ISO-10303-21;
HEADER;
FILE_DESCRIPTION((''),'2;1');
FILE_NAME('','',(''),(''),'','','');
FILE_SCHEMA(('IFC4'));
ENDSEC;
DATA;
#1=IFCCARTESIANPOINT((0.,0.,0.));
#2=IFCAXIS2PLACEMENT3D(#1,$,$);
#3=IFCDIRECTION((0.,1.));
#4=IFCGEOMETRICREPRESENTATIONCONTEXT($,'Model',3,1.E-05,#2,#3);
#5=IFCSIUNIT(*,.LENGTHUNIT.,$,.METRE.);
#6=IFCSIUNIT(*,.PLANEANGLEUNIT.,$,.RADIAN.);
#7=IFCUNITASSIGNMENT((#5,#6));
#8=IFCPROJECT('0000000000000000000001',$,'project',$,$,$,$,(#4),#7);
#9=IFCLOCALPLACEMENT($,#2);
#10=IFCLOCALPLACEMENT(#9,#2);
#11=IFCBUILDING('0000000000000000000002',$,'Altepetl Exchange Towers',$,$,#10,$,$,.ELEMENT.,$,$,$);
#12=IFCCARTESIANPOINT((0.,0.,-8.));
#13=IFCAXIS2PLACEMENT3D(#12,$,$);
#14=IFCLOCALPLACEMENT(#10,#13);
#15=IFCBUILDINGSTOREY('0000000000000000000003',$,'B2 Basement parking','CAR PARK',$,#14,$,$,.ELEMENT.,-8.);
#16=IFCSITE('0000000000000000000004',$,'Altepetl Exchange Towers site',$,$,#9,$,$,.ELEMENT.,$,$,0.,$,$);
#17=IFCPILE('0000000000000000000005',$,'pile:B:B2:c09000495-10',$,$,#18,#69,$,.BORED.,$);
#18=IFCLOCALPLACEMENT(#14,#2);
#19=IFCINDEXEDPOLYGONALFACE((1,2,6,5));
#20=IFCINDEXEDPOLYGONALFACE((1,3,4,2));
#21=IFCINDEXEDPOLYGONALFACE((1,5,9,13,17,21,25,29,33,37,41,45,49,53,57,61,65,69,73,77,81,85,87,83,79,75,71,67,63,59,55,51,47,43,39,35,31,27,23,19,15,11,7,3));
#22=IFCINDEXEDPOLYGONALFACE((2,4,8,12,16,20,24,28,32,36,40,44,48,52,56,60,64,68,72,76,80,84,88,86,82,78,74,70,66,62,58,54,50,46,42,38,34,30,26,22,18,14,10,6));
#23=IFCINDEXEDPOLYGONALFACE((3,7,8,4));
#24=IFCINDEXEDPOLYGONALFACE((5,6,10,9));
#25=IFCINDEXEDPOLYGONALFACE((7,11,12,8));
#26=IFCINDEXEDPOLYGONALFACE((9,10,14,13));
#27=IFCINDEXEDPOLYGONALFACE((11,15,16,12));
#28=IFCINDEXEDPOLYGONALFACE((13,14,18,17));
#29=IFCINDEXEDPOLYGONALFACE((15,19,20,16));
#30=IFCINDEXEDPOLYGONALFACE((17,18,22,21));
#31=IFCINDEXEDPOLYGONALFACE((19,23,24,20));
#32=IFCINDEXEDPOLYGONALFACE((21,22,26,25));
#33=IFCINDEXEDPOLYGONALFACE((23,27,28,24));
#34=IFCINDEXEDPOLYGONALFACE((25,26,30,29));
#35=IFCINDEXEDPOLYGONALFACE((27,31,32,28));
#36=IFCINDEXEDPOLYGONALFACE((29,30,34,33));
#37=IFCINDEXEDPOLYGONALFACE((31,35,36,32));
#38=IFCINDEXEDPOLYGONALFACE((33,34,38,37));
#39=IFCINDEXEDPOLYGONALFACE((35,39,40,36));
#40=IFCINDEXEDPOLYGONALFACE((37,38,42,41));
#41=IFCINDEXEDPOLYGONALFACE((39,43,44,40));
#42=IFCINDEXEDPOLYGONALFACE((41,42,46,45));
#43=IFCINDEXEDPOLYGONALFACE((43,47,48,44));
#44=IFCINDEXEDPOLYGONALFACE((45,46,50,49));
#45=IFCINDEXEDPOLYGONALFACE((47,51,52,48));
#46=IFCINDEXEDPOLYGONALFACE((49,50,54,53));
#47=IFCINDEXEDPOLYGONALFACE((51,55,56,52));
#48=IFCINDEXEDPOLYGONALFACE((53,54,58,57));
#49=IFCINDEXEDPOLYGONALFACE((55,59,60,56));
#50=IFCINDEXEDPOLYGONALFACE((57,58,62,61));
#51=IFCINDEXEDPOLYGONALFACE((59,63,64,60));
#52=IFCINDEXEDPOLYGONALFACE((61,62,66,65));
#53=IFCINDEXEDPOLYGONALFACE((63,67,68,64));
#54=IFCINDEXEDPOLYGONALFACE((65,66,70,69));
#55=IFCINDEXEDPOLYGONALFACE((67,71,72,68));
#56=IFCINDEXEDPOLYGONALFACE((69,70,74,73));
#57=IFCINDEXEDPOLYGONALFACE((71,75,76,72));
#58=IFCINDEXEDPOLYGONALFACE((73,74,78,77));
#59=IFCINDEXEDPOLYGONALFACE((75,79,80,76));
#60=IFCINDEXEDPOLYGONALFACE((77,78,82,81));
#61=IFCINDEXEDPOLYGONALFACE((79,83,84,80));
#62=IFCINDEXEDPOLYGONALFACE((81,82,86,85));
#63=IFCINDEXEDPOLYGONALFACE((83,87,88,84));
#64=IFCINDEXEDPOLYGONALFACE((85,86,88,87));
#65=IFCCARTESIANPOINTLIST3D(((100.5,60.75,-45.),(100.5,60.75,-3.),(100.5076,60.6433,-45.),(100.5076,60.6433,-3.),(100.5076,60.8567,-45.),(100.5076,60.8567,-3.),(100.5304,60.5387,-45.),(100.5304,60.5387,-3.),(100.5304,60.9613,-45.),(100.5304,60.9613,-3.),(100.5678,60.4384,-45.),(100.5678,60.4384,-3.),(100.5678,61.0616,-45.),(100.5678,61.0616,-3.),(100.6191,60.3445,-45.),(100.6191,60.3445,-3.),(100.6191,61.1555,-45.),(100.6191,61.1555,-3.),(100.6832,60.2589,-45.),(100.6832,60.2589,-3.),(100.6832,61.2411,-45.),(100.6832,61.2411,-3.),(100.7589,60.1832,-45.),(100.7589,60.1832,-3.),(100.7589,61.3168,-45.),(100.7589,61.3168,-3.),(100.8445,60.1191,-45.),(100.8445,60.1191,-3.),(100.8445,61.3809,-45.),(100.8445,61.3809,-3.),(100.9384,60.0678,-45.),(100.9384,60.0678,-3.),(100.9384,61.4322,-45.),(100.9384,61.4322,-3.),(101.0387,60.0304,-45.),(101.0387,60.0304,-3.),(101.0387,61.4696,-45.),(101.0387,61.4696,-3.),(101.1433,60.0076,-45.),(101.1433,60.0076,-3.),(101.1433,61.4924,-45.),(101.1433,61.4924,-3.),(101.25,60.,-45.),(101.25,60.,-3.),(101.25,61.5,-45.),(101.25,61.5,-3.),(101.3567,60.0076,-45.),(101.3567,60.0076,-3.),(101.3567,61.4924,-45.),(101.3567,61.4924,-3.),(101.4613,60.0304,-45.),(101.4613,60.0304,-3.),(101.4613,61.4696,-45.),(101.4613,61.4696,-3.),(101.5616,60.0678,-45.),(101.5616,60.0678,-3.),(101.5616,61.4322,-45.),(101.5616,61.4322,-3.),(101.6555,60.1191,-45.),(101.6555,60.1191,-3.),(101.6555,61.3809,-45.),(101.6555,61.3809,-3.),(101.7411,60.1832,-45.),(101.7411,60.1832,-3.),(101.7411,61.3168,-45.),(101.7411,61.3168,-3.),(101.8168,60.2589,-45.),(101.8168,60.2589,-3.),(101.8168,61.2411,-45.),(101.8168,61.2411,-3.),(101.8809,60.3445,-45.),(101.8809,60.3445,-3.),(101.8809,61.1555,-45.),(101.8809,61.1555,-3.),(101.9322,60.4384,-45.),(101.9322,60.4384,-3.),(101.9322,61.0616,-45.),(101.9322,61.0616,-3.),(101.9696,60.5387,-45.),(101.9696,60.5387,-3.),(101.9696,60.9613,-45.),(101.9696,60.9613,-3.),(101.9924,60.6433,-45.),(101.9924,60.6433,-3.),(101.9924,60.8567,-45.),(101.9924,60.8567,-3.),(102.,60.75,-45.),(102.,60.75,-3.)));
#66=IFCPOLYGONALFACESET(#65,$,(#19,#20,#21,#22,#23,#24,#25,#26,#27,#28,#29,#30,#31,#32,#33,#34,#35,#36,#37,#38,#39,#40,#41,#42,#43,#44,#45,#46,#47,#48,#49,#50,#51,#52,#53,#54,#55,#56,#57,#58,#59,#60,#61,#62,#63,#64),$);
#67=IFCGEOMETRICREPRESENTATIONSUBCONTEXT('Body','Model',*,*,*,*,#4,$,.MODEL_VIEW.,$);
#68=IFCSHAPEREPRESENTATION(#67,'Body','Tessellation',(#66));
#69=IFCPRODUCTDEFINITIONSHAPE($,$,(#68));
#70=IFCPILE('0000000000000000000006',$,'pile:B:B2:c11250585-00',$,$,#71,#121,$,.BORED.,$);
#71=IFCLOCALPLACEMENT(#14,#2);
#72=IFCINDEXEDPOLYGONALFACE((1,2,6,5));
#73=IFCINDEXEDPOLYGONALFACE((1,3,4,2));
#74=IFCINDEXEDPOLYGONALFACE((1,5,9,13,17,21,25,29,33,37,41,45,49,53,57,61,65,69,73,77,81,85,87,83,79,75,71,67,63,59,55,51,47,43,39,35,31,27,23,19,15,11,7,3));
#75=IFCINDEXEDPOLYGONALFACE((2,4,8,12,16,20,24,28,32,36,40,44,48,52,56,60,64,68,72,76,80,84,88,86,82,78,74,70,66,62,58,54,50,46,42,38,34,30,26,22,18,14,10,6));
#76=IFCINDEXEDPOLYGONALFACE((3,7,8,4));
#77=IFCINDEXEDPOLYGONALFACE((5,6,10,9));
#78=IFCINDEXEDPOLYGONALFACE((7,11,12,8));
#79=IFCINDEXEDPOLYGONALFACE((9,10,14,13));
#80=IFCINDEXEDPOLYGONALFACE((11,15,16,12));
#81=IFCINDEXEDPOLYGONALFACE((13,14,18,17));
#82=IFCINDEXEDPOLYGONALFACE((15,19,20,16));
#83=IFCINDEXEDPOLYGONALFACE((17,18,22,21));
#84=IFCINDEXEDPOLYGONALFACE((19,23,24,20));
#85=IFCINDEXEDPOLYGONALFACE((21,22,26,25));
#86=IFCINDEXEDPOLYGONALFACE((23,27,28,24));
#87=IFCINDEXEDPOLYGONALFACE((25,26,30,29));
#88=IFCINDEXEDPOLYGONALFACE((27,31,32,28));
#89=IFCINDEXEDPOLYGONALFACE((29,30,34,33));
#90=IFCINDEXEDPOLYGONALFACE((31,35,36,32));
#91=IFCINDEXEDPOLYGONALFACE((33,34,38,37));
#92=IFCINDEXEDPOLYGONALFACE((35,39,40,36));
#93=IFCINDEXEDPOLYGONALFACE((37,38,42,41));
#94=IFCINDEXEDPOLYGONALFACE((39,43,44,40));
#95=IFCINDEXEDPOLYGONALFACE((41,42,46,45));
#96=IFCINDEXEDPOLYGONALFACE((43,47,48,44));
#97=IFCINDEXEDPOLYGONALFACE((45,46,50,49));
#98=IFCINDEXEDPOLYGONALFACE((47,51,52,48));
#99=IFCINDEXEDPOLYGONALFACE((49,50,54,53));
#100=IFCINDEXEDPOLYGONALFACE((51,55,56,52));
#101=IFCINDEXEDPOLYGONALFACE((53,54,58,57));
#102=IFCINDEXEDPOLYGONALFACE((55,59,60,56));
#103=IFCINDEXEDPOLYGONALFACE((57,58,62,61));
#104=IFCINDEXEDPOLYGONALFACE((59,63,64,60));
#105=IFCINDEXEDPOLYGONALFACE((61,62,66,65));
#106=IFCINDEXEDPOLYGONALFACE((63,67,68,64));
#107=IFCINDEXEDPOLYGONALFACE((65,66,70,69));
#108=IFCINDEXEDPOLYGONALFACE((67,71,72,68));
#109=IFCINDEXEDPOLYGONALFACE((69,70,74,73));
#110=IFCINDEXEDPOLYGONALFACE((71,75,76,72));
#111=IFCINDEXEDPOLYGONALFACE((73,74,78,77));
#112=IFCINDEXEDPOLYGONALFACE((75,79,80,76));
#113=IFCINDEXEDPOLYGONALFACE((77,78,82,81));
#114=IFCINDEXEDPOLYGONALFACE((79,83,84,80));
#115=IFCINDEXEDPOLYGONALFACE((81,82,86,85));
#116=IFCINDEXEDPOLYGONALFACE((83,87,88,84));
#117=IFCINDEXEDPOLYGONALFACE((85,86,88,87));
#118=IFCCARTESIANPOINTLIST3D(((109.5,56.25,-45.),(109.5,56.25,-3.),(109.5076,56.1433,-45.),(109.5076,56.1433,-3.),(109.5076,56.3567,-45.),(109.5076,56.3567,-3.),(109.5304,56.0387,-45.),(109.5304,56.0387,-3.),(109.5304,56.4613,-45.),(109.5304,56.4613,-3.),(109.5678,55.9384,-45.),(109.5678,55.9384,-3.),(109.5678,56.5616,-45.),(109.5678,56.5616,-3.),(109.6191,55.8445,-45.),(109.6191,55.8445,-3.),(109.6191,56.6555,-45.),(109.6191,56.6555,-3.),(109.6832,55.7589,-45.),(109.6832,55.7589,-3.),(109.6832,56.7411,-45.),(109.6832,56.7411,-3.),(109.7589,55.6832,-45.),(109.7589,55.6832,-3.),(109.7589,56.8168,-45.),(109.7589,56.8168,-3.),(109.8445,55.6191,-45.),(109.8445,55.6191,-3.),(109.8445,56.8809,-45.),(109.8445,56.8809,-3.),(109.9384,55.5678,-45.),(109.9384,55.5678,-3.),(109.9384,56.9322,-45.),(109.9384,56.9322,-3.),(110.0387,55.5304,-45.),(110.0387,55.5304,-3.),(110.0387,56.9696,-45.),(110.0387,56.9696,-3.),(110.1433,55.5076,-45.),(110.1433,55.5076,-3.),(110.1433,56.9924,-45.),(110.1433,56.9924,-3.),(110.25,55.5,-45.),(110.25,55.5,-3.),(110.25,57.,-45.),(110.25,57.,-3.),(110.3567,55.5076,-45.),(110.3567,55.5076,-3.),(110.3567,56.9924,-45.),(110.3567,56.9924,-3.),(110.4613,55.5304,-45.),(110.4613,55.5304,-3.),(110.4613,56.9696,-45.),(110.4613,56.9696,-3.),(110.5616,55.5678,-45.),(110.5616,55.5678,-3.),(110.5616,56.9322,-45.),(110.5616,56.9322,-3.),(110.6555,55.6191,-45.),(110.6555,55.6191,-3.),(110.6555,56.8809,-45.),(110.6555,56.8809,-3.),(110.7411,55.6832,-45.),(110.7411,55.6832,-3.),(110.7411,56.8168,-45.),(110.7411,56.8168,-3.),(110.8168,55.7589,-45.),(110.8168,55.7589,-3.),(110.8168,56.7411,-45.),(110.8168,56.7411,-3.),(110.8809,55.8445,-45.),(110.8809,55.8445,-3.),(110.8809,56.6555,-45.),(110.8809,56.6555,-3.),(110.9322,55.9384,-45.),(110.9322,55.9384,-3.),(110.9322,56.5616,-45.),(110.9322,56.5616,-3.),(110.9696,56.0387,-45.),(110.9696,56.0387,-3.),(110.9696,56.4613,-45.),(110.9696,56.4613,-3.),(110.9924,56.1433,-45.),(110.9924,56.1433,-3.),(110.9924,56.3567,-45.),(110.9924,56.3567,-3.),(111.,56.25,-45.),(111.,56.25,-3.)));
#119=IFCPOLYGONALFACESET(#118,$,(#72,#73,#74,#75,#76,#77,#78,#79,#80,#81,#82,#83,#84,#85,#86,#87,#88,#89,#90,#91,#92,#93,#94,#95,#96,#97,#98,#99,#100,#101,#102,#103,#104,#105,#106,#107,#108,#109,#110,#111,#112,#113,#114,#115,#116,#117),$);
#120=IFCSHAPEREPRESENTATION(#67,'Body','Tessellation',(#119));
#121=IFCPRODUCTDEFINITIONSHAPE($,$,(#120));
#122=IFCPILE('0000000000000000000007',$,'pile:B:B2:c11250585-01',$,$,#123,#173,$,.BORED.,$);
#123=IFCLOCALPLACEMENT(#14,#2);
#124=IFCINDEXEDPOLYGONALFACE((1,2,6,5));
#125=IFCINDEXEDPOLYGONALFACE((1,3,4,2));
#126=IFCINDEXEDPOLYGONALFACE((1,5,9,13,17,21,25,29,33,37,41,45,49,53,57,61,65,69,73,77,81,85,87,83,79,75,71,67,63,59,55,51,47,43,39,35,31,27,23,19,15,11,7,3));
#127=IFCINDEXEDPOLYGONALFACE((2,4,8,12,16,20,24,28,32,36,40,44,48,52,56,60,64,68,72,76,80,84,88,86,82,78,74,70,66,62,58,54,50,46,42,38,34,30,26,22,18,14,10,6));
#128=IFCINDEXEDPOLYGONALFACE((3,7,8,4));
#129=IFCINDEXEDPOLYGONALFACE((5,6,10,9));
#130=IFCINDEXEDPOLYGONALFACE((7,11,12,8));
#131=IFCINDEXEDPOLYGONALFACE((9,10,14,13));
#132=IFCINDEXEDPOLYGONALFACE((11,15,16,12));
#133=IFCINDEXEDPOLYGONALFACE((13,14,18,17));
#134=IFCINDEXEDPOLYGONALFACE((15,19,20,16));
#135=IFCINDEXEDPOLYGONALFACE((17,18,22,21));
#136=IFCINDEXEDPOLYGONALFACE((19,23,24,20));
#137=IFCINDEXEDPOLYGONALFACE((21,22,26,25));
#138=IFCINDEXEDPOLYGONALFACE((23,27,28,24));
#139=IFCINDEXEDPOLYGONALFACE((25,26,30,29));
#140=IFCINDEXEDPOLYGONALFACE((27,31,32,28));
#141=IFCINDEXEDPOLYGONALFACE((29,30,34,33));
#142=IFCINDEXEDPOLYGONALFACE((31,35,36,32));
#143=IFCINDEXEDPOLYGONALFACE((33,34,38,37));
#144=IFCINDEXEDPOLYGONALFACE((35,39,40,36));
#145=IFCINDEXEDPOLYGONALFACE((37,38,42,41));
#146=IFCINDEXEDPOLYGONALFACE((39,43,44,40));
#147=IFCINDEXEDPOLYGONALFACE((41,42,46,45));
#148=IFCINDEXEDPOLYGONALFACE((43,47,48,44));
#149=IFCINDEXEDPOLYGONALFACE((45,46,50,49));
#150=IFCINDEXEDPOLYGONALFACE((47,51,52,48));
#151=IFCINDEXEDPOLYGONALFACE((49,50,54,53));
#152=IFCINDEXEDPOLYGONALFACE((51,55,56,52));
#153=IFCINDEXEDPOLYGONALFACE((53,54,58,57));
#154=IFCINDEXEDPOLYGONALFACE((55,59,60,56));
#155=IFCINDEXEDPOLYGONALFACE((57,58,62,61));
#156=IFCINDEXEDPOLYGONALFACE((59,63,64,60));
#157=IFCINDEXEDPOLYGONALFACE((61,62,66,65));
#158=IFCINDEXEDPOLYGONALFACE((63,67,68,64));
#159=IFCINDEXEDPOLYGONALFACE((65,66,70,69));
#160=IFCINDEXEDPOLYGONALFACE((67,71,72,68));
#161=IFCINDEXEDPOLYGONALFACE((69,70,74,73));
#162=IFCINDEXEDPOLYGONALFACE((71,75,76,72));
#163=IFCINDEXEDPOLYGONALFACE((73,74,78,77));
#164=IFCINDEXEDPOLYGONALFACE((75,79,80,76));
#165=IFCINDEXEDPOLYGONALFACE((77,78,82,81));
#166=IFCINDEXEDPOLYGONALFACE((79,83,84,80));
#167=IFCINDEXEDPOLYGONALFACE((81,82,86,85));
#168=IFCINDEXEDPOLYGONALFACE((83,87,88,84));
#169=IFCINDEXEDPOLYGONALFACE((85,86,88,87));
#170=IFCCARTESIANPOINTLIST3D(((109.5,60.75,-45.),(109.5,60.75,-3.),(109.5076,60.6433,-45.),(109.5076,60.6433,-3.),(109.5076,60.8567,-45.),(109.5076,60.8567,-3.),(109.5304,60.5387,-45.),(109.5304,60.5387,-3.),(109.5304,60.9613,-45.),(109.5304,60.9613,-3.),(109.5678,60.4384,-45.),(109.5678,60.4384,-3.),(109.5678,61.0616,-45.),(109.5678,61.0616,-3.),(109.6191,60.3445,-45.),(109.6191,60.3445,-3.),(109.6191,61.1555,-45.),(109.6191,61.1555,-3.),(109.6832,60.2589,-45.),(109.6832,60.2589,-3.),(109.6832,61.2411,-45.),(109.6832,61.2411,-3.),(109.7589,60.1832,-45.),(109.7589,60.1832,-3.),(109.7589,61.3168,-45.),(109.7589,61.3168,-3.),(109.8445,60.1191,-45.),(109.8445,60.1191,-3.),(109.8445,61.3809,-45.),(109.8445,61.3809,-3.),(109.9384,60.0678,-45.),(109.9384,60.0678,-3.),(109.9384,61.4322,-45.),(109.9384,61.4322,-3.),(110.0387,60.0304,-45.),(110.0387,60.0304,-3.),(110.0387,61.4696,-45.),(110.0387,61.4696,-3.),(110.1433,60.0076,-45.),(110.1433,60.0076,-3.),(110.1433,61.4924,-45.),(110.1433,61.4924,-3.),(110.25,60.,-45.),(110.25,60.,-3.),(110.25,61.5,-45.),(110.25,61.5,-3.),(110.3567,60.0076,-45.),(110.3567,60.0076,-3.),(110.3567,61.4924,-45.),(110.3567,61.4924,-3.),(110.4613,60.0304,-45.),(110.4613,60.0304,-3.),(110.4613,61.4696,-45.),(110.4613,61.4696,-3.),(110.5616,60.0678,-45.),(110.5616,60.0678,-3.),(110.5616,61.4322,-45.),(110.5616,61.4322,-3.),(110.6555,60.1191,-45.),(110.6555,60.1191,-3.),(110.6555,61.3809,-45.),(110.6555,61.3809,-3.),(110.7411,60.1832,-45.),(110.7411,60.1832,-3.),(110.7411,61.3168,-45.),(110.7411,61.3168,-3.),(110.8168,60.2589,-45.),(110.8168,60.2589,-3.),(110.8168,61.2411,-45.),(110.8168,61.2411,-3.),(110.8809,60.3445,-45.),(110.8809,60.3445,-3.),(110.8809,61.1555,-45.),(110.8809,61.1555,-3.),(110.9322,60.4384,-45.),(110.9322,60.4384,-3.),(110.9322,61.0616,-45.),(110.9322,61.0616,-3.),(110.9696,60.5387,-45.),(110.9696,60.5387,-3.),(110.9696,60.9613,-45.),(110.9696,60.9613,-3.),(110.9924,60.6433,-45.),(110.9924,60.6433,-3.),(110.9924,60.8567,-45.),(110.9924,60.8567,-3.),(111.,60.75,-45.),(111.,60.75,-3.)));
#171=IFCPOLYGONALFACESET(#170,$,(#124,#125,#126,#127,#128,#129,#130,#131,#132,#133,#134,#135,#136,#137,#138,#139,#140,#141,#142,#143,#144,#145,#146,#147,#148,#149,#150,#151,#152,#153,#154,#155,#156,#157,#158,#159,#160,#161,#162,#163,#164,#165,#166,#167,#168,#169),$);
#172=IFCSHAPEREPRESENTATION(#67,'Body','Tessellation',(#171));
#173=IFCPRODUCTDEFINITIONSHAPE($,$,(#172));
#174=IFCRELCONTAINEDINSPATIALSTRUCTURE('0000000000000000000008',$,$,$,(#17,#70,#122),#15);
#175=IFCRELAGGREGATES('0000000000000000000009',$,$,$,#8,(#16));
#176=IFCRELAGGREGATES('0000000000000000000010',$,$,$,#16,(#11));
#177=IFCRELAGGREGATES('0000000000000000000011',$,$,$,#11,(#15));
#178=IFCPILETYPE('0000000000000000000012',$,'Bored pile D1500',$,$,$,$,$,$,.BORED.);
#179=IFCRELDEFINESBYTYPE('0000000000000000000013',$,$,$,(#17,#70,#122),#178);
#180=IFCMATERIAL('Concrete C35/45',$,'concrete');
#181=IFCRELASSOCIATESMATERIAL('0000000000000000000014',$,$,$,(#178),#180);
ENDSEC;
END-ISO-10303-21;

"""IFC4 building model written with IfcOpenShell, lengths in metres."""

from ifc_helpers import new_model, si_unit, direction, frame, origin, origin_2d, place, context, subcontext, project, spatial, circle, extrude, material, material_profile, profile_set, type_object, element, save


model = new_model("IFC4")

# Units and contexts
model_context = context("Model", 3, precision=1e-05, world=origin(), true_north=direction((0.0, 1.0)))
body_context = subcontext(model_context, "Body", "Model", "MODEL_VIEW")
ifc_project = project(units=[si_unit("LENGTHUNIT", "METRE"), si_unit("PLANEANGLEUNIT", "RADIAN")], contexts=[model_context])

# Site, building, storey
site_placement = place(None, origin())
site = spatial("IfcSite", under=ifc_project, at=site_placement, Name="Altepetl Exchange Towers site", CompositionType="ELEMENT", RefElevation=0.0)
building_placement = place(site_placement, origin())
building = spatial("IfcBuilding", under=site, at=building_placement, Name="Altepetl Exchange Towers", CompositionType="ELEMENT")
storey_placement = place(building_placement, frame((0.0, 0.0, -8.0)))
storey = spatial("IfcBuildingStorey", under=building, at=storey_placement, Name="B2 Basement parking", Description="CAR PARK", CompositionType="ELEMENT", Elevation=-8.0)

# Piles
ifc_material_1 = material(Name="Concrete C35/45", Category="concrete")
ifc_material_profile_1 = material_profile(ifc_material_1, circle(Radius=0.75, at=origin_2d()), Name="D1500")
ifc_profile_set_1 = profile_set([ifc_material_profile_1], Name="Concrete C35/45")
pile_type = type_object("IfcPileType", Name="Bored pile D1500", PredefinedType="BORED", material=ifc_profile_set_1)
for number, where, z_axis, x_axis, name in (
    (1, (101.25, 60.75, -3.0), (0.0, 0.0, -1.0), (1.0, 0.0, 0.0), "pile:B:B2:c09000495-10"),
    (2, (110.25, 56.25, -3.0), (0.0, 0.0, -1.0), (1.0, 0.0, 0.0), "pile:B:B2:c11250585-00"),
    (3, (110.25, 60.75, -3.0), (0.0, 0.0, -1.0), (1.0, 0.0, 0.0), "pile:B:B2:c11250585-01"),
):
    element("IfcPile", number, at=place(storey_placement, frame(where, z_axis=z_axis, x_axis=x_axis)), inside=storey, type_object=pile_type, Name=name, PredefinedType="BORED", context=body_context, shape_type="SweptSolid", body=[
        extrude(circle(Radius=0.75, at=origin_2d()), origin(), (0.0, 0.0, 1.0), 42.0),
    ])

save(model, "model.ifc")
